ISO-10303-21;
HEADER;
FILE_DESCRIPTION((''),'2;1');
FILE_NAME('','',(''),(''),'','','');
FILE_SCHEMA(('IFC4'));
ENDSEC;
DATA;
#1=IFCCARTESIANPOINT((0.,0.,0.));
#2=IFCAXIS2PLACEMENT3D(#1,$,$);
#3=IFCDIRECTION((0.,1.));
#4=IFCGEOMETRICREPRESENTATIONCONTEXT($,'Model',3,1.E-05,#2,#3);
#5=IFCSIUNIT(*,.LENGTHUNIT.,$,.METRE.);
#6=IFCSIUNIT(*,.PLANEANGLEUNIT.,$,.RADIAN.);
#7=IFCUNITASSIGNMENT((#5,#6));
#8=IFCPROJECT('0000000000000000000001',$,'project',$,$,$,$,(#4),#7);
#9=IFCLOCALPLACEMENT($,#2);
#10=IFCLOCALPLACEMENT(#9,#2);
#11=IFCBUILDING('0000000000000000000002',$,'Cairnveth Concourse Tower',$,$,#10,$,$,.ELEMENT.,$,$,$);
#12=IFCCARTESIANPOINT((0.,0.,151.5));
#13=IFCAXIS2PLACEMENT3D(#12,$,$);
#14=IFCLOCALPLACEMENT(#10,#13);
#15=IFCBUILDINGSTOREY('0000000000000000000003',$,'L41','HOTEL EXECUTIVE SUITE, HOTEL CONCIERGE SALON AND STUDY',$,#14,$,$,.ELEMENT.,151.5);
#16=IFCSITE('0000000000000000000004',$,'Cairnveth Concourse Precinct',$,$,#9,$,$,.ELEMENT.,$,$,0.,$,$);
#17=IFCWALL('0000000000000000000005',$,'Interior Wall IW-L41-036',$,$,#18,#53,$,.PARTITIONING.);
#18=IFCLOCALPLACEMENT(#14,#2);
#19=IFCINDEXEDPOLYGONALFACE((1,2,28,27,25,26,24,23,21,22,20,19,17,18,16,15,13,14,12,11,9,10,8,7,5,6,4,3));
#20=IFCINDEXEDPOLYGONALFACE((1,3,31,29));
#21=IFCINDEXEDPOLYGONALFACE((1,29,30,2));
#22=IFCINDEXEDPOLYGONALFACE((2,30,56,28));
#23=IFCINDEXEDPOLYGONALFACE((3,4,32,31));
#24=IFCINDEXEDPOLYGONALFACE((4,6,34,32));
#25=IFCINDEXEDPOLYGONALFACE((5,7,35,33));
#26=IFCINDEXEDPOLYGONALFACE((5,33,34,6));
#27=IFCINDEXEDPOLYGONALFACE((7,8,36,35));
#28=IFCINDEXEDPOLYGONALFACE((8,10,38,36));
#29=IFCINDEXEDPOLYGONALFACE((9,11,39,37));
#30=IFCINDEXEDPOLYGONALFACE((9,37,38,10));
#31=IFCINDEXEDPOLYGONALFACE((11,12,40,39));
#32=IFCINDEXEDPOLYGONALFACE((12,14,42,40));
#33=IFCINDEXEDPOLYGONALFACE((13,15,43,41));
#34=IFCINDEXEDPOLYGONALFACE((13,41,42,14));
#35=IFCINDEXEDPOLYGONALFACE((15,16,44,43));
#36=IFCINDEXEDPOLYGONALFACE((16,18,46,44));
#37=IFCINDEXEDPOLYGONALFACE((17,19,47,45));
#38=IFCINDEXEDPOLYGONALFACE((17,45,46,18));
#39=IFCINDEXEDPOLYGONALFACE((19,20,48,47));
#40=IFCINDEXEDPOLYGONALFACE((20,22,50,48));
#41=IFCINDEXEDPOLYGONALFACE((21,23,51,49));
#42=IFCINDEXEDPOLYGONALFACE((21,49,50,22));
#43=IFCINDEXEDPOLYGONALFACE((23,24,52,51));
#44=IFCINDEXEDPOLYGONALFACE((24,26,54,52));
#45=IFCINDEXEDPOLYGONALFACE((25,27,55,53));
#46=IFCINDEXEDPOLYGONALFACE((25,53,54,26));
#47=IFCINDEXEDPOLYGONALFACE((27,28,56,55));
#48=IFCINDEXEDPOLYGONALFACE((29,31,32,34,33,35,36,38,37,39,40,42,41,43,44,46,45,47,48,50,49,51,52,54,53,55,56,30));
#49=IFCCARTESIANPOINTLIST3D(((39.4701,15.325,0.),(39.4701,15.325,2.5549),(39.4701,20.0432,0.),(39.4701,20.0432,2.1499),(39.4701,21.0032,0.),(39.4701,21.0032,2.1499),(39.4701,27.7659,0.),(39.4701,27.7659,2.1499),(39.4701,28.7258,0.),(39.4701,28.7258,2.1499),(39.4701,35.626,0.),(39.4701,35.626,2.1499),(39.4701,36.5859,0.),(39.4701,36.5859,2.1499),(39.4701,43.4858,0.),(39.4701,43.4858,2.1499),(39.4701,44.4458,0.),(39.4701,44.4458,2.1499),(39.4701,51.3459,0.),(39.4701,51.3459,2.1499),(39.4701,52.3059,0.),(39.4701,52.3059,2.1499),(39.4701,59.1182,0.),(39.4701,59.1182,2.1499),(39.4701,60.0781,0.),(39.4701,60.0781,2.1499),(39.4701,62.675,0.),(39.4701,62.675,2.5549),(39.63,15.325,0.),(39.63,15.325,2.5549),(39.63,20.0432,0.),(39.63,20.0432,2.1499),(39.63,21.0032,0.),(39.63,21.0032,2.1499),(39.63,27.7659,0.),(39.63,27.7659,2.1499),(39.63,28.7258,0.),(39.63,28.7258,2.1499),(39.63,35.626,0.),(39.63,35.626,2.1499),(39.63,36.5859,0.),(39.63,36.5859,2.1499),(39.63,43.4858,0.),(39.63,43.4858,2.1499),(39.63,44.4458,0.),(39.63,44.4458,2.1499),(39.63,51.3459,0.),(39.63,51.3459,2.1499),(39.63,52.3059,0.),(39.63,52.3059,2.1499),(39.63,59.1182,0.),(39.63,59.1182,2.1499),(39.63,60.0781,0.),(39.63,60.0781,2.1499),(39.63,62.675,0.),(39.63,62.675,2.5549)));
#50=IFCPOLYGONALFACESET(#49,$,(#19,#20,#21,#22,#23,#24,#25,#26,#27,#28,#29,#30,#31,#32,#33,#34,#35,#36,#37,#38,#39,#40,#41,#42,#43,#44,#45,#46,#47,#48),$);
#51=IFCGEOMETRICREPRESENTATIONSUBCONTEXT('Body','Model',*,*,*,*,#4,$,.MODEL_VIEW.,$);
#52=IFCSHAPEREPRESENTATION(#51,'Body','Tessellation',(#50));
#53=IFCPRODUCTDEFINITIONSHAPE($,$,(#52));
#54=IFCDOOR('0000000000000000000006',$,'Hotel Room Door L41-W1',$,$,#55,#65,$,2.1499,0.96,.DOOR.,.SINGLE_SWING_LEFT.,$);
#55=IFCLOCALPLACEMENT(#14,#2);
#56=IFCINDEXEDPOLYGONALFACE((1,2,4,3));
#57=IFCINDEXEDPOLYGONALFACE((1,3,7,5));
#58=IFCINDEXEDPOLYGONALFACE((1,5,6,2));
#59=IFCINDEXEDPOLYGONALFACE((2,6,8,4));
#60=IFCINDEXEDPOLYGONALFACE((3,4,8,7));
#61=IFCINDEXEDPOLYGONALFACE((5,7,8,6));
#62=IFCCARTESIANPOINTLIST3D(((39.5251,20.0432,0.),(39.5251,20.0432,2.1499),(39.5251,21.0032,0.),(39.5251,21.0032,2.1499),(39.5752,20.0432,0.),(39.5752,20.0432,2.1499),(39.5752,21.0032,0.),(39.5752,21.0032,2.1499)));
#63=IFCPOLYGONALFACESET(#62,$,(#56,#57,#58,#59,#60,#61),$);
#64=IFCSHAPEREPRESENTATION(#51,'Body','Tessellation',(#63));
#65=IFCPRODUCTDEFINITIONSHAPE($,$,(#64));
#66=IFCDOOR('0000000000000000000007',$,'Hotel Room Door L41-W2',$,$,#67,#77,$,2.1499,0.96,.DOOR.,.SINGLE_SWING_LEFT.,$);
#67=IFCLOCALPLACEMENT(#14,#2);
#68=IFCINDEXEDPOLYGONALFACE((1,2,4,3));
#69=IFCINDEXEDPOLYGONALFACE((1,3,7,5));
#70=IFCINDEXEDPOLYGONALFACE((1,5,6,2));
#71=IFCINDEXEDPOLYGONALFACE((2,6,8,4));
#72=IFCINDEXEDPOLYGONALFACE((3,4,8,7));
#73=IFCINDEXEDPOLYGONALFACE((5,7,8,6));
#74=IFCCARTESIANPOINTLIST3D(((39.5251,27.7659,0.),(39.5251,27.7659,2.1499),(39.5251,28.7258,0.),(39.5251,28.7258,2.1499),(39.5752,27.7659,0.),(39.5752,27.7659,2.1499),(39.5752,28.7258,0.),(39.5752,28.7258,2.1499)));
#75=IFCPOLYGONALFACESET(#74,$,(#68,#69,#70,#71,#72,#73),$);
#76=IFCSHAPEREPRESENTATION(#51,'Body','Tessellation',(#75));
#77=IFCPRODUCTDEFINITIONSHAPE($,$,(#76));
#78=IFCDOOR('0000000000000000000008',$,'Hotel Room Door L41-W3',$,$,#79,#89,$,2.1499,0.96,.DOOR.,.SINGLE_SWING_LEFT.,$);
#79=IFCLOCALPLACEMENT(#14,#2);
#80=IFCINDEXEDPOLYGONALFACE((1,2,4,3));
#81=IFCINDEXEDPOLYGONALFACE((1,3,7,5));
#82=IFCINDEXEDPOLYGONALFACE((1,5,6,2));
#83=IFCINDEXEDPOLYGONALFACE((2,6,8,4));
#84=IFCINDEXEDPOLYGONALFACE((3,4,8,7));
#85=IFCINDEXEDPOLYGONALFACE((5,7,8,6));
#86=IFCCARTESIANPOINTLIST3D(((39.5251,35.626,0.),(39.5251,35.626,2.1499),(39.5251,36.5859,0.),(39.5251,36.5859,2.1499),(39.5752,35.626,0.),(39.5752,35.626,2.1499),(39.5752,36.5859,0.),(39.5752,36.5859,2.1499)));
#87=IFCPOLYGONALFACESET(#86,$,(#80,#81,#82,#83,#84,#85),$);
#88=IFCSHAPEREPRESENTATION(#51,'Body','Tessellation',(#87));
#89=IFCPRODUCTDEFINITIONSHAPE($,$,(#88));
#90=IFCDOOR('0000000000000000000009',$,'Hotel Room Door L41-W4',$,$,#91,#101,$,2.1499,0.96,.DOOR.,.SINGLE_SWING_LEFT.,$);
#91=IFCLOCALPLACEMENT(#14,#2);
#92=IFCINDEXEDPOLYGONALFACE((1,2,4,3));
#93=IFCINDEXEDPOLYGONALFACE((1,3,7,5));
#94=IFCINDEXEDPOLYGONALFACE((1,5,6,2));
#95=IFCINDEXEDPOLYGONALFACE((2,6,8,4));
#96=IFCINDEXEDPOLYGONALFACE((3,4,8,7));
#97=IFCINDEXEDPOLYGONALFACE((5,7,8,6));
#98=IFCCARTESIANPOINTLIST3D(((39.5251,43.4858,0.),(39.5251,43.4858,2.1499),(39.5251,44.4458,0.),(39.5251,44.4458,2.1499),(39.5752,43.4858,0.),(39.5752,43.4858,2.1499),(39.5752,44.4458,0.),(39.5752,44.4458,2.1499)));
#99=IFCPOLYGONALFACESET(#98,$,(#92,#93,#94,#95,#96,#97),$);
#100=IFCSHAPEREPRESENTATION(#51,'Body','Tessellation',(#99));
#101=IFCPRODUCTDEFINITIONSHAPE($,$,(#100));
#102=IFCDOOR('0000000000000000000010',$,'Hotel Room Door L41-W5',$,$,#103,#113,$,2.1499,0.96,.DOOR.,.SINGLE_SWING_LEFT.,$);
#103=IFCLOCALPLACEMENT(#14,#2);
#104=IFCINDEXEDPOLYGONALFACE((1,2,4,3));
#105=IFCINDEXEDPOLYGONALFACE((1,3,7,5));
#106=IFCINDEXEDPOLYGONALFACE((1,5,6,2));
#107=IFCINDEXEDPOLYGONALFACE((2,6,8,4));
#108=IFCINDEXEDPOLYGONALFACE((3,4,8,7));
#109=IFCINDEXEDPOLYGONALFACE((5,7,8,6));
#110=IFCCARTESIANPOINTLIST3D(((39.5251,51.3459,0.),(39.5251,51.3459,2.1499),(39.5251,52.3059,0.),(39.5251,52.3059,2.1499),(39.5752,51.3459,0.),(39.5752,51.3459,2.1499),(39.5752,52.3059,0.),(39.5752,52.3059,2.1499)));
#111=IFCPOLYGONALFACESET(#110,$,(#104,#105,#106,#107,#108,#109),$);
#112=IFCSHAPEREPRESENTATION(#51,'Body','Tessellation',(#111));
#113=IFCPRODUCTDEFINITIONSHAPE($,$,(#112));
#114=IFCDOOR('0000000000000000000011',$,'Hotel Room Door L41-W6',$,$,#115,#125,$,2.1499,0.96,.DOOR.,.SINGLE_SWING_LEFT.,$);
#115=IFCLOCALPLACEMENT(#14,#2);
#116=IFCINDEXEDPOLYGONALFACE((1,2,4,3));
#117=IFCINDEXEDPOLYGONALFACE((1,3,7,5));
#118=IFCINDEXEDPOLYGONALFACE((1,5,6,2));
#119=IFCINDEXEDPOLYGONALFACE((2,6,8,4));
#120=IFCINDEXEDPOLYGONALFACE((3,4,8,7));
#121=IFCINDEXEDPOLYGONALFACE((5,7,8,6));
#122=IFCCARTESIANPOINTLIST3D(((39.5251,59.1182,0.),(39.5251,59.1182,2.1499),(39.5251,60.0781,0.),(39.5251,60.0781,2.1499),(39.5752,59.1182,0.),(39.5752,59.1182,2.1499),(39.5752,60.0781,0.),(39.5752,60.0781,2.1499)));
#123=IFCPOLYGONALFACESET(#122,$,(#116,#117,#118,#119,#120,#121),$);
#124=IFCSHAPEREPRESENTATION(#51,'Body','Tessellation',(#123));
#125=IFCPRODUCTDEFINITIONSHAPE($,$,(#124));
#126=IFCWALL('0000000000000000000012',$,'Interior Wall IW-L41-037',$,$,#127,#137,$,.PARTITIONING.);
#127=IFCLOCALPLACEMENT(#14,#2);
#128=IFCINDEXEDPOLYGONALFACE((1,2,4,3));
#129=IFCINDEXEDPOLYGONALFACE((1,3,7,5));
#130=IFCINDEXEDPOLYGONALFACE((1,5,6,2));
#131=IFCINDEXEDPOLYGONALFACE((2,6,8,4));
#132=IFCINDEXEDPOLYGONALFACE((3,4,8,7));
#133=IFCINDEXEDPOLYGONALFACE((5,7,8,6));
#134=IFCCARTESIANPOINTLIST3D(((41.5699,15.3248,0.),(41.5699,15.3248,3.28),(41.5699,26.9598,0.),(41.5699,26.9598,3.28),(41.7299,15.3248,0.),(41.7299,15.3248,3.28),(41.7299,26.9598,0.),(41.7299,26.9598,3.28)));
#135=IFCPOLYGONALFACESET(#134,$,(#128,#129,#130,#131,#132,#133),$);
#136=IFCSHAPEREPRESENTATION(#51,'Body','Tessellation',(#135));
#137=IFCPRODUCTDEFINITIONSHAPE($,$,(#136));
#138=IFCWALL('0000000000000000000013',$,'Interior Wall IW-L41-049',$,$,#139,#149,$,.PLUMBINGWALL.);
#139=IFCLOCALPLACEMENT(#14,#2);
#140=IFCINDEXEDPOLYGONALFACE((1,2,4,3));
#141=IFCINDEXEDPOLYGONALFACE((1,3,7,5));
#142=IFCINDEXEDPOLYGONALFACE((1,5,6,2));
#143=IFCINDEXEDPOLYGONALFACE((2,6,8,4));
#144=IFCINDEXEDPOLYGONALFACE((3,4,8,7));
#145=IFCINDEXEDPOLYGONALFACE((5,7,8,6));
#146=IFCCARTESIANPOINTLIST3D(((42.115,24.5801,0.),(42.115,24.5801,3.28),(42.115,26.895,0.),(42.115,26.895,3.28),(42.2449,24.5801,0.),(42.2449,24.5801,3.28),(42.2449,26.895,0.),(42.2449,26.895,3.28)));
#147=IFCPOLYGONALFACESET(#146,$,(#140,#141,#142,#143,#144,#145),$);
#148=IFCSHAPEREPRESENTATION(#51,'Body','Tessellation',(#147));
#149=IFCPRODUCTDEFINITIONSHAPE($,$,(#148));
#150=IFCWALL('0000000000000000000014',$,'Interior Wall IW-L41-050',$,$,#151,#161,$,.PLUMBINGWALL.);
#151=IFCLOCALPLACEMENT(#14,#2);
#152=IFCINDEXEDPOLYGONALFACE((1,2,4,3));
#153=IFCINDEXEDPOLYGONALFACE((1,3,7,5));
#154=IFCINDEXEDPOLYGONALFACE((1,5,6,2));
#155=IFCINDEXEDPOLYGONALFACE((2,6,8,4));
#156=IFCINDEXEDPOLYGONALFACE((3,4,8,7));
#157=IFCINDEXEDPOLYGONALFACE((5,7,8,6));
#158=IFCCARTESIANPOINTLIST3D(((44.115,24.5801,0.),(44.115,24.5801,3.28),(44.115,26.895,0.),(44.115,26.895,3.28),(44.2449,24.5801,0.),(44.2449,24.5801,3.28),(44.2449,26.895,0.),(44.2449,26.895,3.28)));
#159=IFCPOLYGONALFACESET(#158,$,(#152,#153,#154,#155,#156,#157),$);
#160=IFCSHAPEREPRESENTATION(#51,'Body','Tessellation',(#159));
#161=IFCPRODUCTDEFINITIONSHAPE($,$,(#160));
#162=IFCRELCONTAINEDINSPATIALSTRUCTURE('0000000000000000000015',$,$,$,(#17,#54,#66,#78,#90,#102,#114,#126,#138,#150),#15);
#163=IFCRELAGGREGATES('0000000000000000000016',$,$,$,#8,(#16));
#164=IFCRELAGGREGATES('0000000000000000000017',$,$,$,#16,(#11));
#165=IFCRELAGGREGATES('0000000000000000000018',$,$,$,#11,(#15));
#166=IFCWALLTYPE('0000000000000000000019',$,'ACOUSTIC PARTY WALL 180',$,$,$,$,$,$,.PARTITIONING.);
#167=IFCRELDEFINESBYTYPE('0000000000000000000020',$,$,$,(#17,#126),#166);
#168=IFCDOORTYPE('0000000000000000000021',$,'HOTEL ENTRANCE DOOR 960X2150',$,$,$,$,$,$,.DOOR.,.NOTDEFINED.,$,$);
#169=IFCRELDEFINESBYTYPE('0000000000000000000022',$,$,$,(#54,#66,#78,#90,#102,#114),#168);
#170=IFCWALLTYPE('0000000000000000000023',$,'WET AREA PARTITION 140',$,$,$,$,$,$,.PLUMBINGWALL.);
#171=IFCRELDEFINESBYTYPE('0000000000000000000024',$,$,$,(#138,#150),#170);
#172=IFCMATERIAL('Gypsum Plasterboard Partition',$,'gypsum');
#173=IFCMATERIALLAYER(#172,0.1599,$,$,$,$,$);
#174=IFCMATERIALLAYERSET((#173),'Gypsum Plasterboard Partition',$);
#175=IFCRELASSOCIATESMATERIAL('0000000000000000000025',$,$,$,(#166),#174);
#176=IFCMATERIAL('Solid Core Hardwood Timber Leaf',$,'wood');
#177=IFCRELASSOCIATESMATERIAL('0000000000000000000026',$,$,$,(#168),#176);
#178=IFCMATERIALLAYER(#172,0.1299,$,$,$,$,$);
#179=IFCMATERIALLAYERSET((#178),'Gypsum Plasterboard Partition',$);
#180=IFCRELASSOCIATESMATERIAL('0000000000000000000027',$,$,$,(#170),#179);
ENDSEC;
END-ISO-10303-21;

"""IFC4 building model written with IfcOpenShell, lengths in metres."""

from ifc_helpers import new_model, si_unit, direction, frame, frame_2d, origin, place, context, subcontext, project, spatial, rectangle, extrude, material, layer, layer_set, type_object, element, fill, save


model = new_model("IFC4")

# Units and contexts
model_context = context("Model", 3, precision=1e-05, world=origin(), true_north=direction((0.0, 1.0)))
body_context = subcontext(model_context, "Body", "Model", "MODEL_VIEW")
ifc_project = project(units=[si_unit("LENGTHUNIT", "METRE"), si_unit("PLANEANGLEUNIT", "RADIAN")], contexts=[model_context])

# Site, building, storey
site_placement = place(None, origin())
site = spatial("IfcSite", under=ifc_project, at=site_placement, Name="Cairnveth Concourse Precinct", CompositionType="ELEMENT", RefElevation=0.0)
building_placement = place(site_placement, origin())
building = spatial("IfcBuilding", under=site, at=building_placement, Name="Cairnveth Concourse Tower", CompositionType="ELEMENT")
storey_placement = place(building_placement, frame((0.0, 0.0, 151.5)))
storey = spatial("IfcBuildingStorey", under=building, at=storey_placement, Name="L41", Description="HOTEL EXECUTIVE SUITE, HOTEL CONCIERGE SALON AND STUDY", CompositionType="ELEMENT", Elevation=151.5)

# Wall, openings, doors
ifc_material_1 = material(Name="Gypsum Plasterboard Partition", Category="gypsum")
ifc_layer_1 = layer(ifc_material_1, 0.1599)
ifc_layer_set_1 = layer_set([ifc_layer_1], Name="Gypsum Plasterboard Partition")
wall_type_1 = type_object("IfcWallType", Name="ACOUSTIC PARTY WALL 180", PredefinedType="PARTITIONING", material=ifc_layer_set_1)
wall_1_placement = place(storey_placement, frame((39.55, 15.325, 0.0), z_axis=(0.0, 0.0, 1.0), x_axis=(0.0, 1.0, 0.0)))
wall_1 = element("IfcWall", 1, at=wall_1_placement, inside=storey, type_object=wall_type_1, Name="Interior Wall IW-L41-036", PredefinedType="PARTITIONING", context=body_context, shape_type="SweptSolid", body=[
    extrude(rectangle(XDim=47.3501, YDim=0.1599, at=frame_2d((23.675, 0.0))), origin(), (0.0, 0.0, 1.0), 2.5549),
])
opening_1_placement = place(wall_1_placement, frame((4.7183, 0.0, 0.0)))
opening_1 = element("IfcOpeningElement", 2, at=opening_1_placement, cuts=wall_1, PredefinedType="OPENING", context=body_context, shape_type="SweptSolid", body=[
    extrude(rectangle(XDim=0.96, YDim=2.1499, at=frame_2d((0.48, 1.075))), frame((0.0, 0.0898, 0.0), z_axis=(0.0, -1.0, 0.0), x_axis=(1.0, 0.0, 0.0)), (0.0, 0.0, 1.0), 0.1799),
])
opening_2_placement = place(wall_1_placement, frame((12.4409, 0.0, 0.0)))
opening_2 = element("IfcOpeningElement", 3, at=opening_2_placement, cuts=wall_1, PredefinedType="OPENING", context=body_context, shape_type="SweptSolid", body=[
    extrude(rectangle(XDim=0.96, YDim=2.1499, at=frame_2d((0.48, 1.075))), frame((0.0, 0.0898, 0.0), z_axis=(0.0, -1.0, 0.0), x_axis=(1.0, 0.0, 0.0)), (0.0, 0.0, 1.0), 0.1799),
])
opening_3_placement = place(wall_1_placement, frame((20.301, 0.0, 0.0)))
opening_3 = element("IfcOpeningElement", 4, at=opening_3_placement, cuts=wall_1, PredefinedType="OPENING", context=body_context, shape_type="SweptSolid", body=[
    extrude(rectangle(XDim=0.96, YDim=2.1499, at=frame_2d((0.48, 1.075))), frame((0.0, 0.0898, 0.0), z_axis=(0.0, -1.0, 0.0), x_axis=(1.0, 0.0, 0.0)), (0.0, 0.0, 1.0), 0.1799),
])
opening_4_placement = place(wall_1_placement, frame((28.1609, 0.0, 0.0)))
opening_4 = element("IfcOpeningElement", 5, at=opening_4_placement, cuts=wall_1, PredefinedType="OPENING", context=body_context, shape_type="SweptSolid", body=[
    extrude(rectangle(XDim=0.96, YDim=2.1499, at=frame_2d((0.48, 1.075))), frame((0.0, 0.0898, 0.0), z_axis=(0.0, -1.0, 0.0), x_axis=(1.0, 0.0, 0.0)), (0.0, 0.0, 1.0), 0.1799),
])
opening_5_placement = place(wall_1_placement, frame((36.021, 0.0, 0.0)))
opening_5 = element("IfcOpeningElement", 6, at=opening_5_placement, cuts=wall_1, PredefinedType="OPENING", context=body_context, shape_type="SweptSolid", body=[
    extrude(rectangle(XDim=0.96, YDim=2.1499, at=frame_2d((0.48, 1.075))), frame((0.0, 0.0898, 0.0), z_axis=(0.0, -1.0, 0.0), x_axis=(1.0, 0.0, 0.0)), (0.0, 0.0, 1.0), 0.1799),
])
opening_6_placement = place(wall_1_placement, frame((43.7932, 0.0, 0.0)))
opening_6 = element("IfcOpeningElement", 7, at=opening_6_placement, cuts=wall_1, PredefinedType="OPENING", context=body_context, shape_type="SweptSolid", body=[
    extrude(rectangle(XDim=0.96, YDim=2.1499, at=frame_2d((0.48, 1.075))), frame((0.0, 0.0898, 0.0), z_axis=(0.0, -1.0, 0.0), x_axis=(1.0, 0.0, 0.0)), (0.0, 0.0, 1.0), 0.1799),
])
ifc_material_2 = material(Name="Solid Core Hardwood Timber Leaf", Category="wood")
door_type_1 = type_object("IfcDoorType", Name="HOTEL ENTRANCE DOOR 960X2150", OperationType="NOTDEFINED", PredefinedType="DOOR", material=ifc_material_2)
door_1_placement = place(opening_1_placement, origin())
door_1 = element("IfcDoor", 8, at=door_1_placement, inside=storey, type_object=door_type_1, Name="Hotel Room Door L41-W1", OperationType="SINGLE_SWING_LEFT", OverallHeight=2.1499, OverallWidth=0.96, PredefinedType="DOOR", context=body_context, shape_type="SweptSolid", body=[
    extrude(rectangle(XDim=0.96, YDim=2.1499, at=frame_2d((0.48, 1.075))), frame((0.0, 0.0249, 0.0), z_axis=(0.0, -1.0, 0.0), x_axis=(1.0, 0.0, 0.0)), (0.0, 0.0, 1.0), 0.05),
])
fill(opening_1, door_1)
door_2_placement = place(opening_2_placement, origin())
door_2 = element("IfcDoor", 9, at=door_2_placement, inside=storey, type_object=door_type_1, Name="Hotel Room Door L41-W2", OperationType="SINGLE_SWING_LEFT", OverallHeight=2.1499, OverallWidth=0.96, PredefinedType="DOOR", context=body_context, shape_type="SweptSolid", body=[
    extrude(rectangle(XDim=0.96, YDim=2.1499, at=frame_2d((0.48, 1.075))), frame((0.0, 0.0249, 0.0), z_axis=(0.0, -1.0, 0.0), x_axis=(1.0, 0.0, 0.0)), (0.0, 0.0, 1.0), 0.05),
])
fill(opening_2, door_2)
door_3_placement = place(opening_3_placement, origin())
door_3 = element("IfcDoor", 10, at=door_3_placement, inside=storey, type_object=door_type_1, Name="Hotel Room Door L41-W3", OperationType="SINGLE_SWING_LEFT", OverallHeight=2.1499, OverallWidth=0.96, PredefinedType="DOOR", context=body_context, shape_type="SweptSolid", body=[
    extrude(rectangle(XDim=0.96, YDim=2.1499, at=frame_2d((0.48, 1.075))), frame((0.0, 0.0249, 0.0), z_axis=(0.0, -1.0, 0.0), x_axis=(1.0, 0.0, 0.0)), (0.0, 0.0, 1.0), 0.05),
])
fill(opening_3, door_3)
door_4_placement = place(opening_4_placement, origin())
door_4 = element("IfcDoor", 11, at=door_4_placement, inside=storey, type_object=door_type_1, Name="Hotel Room Door L41-W4", OperationType="SINGLE_SWING_LEFT", OverallHeight=2.1499, OverallWidth=0.96, PredefinedType="DOOR", context=body_context, shape_type="SweptSolid", body=[
    extrude(rectangle(XDim=0.96, YDim=2.1499, at=frame_2d((0.48, 1.075))), frame((0.0, 0.0249, 0.0), z_axis=(0.0, -1.0, 0.0), x_axis=(1.0, 0.0, 0.0)), (0.0, 0.0, 1.0), 0.05),
])
fill(opening_4, door_4)
door_5_placement = place(opening_5_placement, origin())
door_5 = element("IfcDoor", 12, at=door_5_placement, inside=storey, type_object=door_type_1, Name="Hotel Room Door L41-W5", OperationType="SINGLE_SWING_LEFT", OverallHeight=2.1499, OverallWidth=0.96, PredefinedType="DOOR", context=body_context, shape_type="SweptSolid", body=[
    extrude(rectangle(XDim=0.96, YDim=2.1499, at=frame_2d((0.48, 1.075))), frame((0.0, 0.0249, 0.0), z_axis=(0.0, -1.0, 0.0), x_axis=(1.0, 0.0, 0.0)), (0.0, 0.0, 1.0), 0.05),
])
fill(opening_5, door_5)
door_6_placement = place(opening_6_placement, origin())
door_6 = element("IfcDoor", 13, at=door_6_placement, inside=storey, type_object=door_type_1, Name="Hotel Room Door L41-W6", OperationType="SINGLE_SWING_LEFT", OverallHeight=2.1499, OverallWidth=0.96, PredefinedType="DOOR", context=body_context, shape_type="SweptSolid", body=[
    extrude(rectangle(XDim=0.96, YDim=2.1499, at=frame_2d((0.48, 1.075))), frame((0.0, 0.0249, 0.0), z_axis=(0.0, -1.0, 0.0), x_axis=(1.0, 0.0, 0.0)), (0.0, 0.0, 1.0), 0.05),
])
fill(opening_6, door_6)

# Walls
wall_2_placement = place(storey_placement, frame((41.6499, 15.325, 0.0), z_axis=(0.0, 0.0, 1.0), x_axis=(0.0, 1.0, 0.0)))
element("IfcWall", 14, at=wall_2_placement, inside=storey, type_object=wall_type_1, Name="Interior Wall IW-L41-037", PredefinedType="PARTITIONING", context=body_context, shape_type="SweptSolid", body=[
    extrude(rectangle(XDim=11.635, YDim=0.1599, at=frame_2d((5.8174, 0.0))), origin(), (0.0, 0.0, 1.0), 3.28),
])
ifc_layer_2 = layer(ifc_material_1, 0.1299)
ifc_layer_set_2 = layer_set([ifc_layer_2], Name="Gypsum Plasterboard Partition")
wall_type_2 = type_object("IfcWallType", Name="WET AREA PARTITION 140", PredefinedType="PLUMBINGWALL", material=ifc_layer_set_2)
for number, where, z_axis, x_axis, name in (
    (15, (42.1799, 24.5801, 0.0), (0.0, 0.0, 1.0), (0.0, 1.0, 0.0), "Interior Wall IW-L41-049"),
    (16, (44.1799, 24.5801, 0.0), (0.0, 0.0, 1.0), (0.0, 1.0, 0.0), "Interior Wall IW-L41-050"),
):
    element("IfcWall", number, at=place(storey_placement, frame(where, z_axis=z_axis, x_axis=x_axis)), inside=storey, type_object=wall_type_2, Name=name, PredefinedType="PLUMBINGWALL", context=body_context, shape_type="SweptSolid", body=[
        extrude(rectangle(XDim=2.3149, YDim=0.1299, at=frame_2d((1.1575, 0.0))), origin(), (0.0, 0.0, 1.0), 3.28),
    ])

save(model, "model.ifc")
